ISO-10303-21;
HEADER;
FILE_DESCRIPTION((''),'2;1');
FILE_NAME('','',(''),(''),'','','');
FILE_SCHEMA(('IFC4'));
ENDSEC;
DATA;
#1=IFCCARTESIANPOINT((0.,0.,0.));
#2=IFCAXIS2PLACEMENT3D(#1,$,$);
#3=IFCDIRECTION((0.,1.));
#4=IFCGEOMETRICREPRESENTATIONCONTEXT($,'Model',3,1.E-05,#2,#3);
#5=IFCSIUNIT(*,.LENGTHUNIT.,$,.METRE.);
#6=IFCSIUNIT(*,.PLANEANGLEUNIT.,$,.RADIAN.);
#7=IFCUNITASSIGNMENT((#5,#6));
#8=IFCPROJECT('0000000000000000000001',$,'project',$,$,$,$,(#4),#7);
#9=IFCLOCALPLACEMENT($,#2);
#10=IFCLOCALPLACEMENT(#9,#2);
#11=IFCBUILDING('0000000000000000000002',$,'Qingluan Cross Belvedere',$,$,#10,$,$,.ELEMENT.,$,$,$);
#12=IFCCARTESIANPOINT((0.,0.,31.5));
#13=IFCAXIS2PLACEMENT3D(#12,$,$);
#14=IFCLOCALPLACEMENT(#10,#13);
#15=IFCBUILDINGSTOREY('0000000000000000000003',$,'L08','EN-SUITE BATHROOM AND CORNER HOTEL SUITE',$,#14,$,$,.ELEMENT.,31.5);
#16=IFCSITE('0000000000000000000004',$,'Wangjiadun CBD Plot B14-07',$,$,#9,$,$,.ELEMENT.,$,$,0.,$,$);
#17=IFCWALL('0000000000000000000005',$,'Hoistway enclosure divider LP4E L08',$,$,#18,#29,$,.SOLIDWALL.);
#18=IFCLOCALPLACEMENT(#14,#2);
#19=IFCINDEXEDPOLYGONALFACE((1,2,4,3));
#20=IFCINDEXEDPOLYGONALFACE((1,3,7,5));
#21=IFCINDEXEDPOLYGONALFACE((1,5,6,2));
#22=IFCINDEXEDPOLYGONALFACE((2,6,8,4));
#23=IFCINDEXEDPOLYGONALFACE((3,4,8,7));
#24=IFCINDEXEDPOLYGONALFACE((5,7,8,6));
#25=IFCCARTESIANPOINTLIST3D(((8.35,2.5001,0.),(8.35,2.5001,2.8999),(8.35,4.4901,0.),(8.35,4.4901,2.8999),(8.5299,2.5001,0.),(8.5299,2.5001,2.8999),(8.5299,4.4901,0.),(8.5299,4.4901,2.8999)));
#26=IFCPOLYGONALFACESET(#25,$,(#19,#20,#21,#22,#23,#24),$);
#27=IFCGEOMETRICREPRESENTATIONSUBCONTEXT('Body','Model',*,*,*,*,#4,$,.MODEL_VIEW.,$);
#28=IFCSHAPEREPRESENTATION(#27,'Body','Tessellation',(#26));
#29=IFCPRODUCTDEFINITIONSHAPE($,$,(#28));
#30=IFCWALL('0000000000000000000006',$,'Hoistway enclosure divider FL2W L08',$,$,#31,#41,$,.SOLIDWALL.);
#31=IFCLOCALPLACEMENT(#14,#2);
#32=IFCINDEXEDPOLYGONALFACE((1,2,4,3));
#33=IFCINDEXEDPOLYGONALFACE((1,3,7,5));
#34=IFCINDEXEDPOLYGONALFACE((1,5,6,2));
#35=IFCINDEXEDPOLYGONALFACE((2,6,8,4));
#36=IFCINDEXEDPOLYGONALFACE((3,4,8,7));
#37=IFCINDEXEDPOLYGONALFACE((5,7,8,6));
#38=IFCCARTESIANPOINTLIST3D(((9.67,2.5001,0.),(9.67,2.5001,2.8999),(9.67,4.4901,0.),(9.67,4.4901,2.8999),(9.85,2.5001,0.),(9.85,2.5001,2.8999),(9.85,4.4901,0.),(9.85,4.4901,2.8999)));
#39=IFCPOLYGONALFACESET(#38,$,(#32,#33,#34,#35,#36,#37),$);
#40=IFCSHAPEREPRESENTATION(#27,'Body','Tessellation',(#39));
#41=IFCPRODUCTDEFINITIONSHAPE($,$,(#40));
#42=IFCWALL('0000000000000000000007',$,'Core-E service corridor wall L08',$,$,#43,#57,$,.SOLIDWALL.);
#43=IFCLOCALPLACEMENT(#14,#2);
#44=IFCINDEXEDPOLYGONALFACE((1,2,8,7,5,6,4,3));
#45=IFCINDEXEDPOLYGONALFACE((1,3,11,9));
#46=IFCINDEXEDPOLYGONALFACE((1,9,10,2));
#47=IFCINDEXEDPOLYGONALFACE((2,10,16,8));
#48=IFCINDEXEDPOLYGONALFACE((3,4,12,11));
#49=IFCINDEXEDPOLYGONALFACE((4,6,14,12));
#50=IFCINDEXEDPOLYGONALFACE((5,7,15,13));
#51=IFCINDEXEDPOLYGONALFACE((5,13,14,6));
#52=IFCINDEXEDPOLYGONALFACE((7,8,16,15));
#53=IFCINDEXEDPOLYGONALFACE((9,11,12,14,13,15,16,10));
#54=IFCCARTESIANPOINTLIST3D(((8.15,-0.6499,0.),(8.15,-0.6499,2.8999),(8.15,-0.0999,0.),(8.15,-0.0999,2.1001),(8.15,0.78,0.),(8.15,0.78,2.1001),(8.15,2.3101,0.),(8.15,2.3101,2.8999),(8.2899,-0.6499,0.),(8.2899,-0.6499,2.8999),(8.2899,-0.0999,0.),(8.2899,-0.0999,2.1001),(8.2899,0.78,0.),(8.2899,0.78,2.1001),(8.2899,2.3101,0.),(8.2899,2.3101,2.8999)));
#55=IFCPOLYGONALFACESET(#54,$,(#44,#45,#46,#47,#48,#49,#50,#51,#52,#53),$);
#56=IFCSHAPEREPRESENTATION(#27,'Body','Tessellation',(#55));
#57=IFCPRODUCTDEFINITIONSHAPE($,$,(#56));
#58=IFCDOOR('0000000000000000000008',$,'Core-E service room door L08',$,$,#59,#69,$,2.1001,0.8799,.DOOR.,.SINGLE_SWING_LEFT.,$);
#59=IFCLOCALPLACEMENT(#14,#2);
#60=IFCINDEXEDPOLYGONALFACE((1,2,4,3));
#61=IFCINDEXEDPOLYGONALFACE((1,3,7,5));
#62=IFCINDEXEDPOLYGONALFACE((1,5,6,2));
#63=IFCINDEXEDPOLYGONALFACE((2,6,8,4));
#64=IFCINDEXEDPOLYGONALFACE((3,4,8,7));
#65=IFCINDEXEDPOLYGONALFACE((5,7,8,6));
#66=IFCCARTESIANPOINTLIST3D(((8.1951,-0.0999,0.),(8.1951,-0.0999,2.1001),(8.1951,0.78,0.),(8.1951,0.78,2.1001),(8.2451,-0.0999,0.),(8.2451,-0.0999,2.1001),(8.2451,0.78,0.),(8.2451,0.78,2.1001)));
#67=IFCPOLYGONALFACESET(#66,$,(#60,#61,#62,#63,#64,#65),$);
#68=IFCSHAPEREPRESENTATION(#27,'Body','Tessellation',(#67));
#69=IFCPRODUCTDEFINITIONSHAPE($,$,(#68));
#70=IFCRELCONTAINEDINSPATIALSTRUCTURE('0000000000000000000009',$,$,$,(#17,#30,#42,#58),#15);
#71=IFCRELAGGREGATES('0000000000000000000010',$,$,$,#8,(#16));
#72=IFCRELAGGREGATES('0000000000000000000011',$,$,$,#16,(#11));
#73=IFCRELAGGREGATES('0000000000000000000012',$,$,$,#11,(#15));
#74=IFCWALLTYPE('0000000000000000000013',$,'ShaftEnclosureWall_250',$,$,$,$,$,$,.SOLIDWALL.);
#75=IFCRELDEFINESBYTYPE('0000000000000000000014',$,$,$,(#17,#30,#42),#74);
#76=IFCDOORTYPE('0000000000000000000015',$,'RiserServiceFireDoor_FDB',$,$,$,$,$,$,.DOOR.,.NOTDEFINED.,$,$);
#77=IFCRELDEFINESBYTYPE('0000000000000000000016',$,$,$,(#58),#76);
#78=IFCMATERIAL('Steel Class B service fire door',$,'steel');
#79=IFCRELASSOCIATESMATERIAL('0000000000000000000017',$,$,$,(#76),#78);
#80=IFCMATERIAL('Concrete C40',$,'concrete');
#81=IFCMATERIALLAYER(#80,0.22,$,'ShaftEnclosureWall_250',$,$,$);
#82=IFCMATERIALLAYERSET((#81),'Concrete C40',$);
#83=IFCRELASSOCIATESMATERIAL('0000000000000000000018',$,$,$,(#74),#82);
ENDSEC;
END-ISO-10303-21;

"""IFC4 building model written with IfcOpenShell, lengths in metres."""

from ifc_helpers import new_model, si_unit, direction, frame, frame_2d, origin, place, context, subcontext, project, spatial, rectangle, extrude, material, layer, layer_set, type_object, element, fill, save


model = new_model("IFC4")

# Units and contexts
model_context = context("Model", 3, precision=1e-05, world=origin(), true_north=direction((0.0, 1.0)))
body_context = subcontext(model_context, "Body", "Model", "MODEL_VIEW")
ifc_project = project(units=[si_unit("LENGTHUNIT", "METRE"), si_unit("PLANEANGLEUNIT", "RADIAN")], contexts=[model_context])

# Site, building, storey
site_placement = place(None, origin())
site = spatial("IfcSite", under=ifc_project, at=site_placement, Name="Wangjiadun CBD Plot B14-07", CompositionType="ELEMENT", RefElevation=0.0)
building_placement = place(site_placement, origin())
building = spatial("IfcBuilding", under=site, at=building_placement, Name="Qingluan Cross Belvedere", CompositionType="ELEMENT")
storey_placement = place(building_placement, frame((0.0, 0.0, 31.5)))
storey = spatial("IfcBuildingStorey", under=building, at=storey_placement, Name="L08", Description="EN-SUITE BATHROOM AND CORNER HOTEL SUITE", CompositionType="ELEMENT", Elevation=31.5)

# Shared definitions
ifc_material_1 = material(Name="Steel Class B service fire door", Category="steel")
door_type_1 = type_object("IfcDoorType", Name="RiserServiceFireDoor_FDB", OperationType="NOTDEFINED", PredefinedType="DOOR", material=ifc_material_1)

# Walls
ifc_material_2 = material(Name="Concrete C40", Category="concrete")
ifc_layer_1 = layer(ifc_material_2, 0.22, Name="ShaftEnclosureWall_250")
ifc_layer_set_1 = layer_set([ifc_layer_1], Name="Concrete C40")
wall_type_1 = type_object("IfcWallType", Name="ShaftEnclosureWall_250", PredefinedType="SOLIDWALL", material=ifc_layer_set_1)
for number, where, z_axis, x_axis, name in (
    (1, (8.4399, 2.5, 0.0), (0.0, 0.0, 1.0), (0.0, 1.0, 0.0), "Hoistway enclosure divider LP4E L08"),
    (2, (9.76, 2.5, 0.0), (0.0, 0.0, 1.0), (0.0, 1.0, 0.0), "Hoistway enclosure divider FL2W L08"),
):
    element("IfcWall", number, at=place(storey_placement, frame(where, z_axis=z_axis, x_axis=x_axis)), inside=storey, type_object=wall_type_1, Name=name, PredefinedType="SOLIDWALL", context=body_context, shape_type="SweptSolid", body=[
        extrude(rectangle(XDim=1.99, YDim=0.1799, at=frame_2d((0.9951, 0.0))), origin(), (0.0, 0.0, 1.0), 2.8999),
    ])

# Wall, opening, door
wall_1_placement = place(storey_placement, frame((8.22, -0.6499, 0.0), z_axis=(0.0, 0.0, 1.0), x_axis=(0.0, 1.0, 0.0)))
wall_1 = element("IfcWall", 3, at=wall_1_placement, inside=storey, type_object=wall_type_1, Name="Core-E service corridor wall L08", PredefinedType="SOLIDWALL", context=body_context, shape_type="SweptSolid", body=[
    extrude(rectangle(XDim=2.96, YDim=0.1399, at=frame_2d((1.48, 0.0))), origin(), (0.0, 0.0, 1.0), 2.8999),
])
opening_1_placement = place(wall_1_placement, frame((0.55, 0.0, 0.0)))
opening_1 = element("IfcOpeningElement", 4, at=opening_1_placement, cuts=wall_1, PredefinedType="OPENING", context=body_context, shape_type="SweptSolid", body=[
    extrude(rectangle(XDim=0.8799, YDim=2.1001, at=frame_2d((0.4399, 1.05))), frame((0.0, 0.0798, 0.0), z_axis=(0.0, -1.0, 0.0), x_axis=(1.0, 0.0, 0.0)), (0.0, 0.0, 1.0), 0.1599),
])
door_1_placement = place(opening_1_placement, origin())
door_1 = element("IfcDoor", 5, at=door_1_placement, inside=storey, type_object=door_type_1, Name="Core-E service room door L08", OperationType="SINGLE_SWING_LEFT", OverallHeight=2.1001, OverallWidth=0.8799, PredefinedType="DOOR", context=body_context, shape_type="SweptSolid", body=[
    extrude(rectangle(XDim=0.8799, YDim=2.1001, at=frame_2d((0.4399, 1.05))), frame((0.0, 0.0249, 0.0), z_axis=(0.0, -1.0, 0.0), x_axis=(1.0, 0.0, 0.0)), (0.0, 0.0, 1.0), 0.05),
])
fill(opening_1, door_1)

save(model, "model.ifc")
